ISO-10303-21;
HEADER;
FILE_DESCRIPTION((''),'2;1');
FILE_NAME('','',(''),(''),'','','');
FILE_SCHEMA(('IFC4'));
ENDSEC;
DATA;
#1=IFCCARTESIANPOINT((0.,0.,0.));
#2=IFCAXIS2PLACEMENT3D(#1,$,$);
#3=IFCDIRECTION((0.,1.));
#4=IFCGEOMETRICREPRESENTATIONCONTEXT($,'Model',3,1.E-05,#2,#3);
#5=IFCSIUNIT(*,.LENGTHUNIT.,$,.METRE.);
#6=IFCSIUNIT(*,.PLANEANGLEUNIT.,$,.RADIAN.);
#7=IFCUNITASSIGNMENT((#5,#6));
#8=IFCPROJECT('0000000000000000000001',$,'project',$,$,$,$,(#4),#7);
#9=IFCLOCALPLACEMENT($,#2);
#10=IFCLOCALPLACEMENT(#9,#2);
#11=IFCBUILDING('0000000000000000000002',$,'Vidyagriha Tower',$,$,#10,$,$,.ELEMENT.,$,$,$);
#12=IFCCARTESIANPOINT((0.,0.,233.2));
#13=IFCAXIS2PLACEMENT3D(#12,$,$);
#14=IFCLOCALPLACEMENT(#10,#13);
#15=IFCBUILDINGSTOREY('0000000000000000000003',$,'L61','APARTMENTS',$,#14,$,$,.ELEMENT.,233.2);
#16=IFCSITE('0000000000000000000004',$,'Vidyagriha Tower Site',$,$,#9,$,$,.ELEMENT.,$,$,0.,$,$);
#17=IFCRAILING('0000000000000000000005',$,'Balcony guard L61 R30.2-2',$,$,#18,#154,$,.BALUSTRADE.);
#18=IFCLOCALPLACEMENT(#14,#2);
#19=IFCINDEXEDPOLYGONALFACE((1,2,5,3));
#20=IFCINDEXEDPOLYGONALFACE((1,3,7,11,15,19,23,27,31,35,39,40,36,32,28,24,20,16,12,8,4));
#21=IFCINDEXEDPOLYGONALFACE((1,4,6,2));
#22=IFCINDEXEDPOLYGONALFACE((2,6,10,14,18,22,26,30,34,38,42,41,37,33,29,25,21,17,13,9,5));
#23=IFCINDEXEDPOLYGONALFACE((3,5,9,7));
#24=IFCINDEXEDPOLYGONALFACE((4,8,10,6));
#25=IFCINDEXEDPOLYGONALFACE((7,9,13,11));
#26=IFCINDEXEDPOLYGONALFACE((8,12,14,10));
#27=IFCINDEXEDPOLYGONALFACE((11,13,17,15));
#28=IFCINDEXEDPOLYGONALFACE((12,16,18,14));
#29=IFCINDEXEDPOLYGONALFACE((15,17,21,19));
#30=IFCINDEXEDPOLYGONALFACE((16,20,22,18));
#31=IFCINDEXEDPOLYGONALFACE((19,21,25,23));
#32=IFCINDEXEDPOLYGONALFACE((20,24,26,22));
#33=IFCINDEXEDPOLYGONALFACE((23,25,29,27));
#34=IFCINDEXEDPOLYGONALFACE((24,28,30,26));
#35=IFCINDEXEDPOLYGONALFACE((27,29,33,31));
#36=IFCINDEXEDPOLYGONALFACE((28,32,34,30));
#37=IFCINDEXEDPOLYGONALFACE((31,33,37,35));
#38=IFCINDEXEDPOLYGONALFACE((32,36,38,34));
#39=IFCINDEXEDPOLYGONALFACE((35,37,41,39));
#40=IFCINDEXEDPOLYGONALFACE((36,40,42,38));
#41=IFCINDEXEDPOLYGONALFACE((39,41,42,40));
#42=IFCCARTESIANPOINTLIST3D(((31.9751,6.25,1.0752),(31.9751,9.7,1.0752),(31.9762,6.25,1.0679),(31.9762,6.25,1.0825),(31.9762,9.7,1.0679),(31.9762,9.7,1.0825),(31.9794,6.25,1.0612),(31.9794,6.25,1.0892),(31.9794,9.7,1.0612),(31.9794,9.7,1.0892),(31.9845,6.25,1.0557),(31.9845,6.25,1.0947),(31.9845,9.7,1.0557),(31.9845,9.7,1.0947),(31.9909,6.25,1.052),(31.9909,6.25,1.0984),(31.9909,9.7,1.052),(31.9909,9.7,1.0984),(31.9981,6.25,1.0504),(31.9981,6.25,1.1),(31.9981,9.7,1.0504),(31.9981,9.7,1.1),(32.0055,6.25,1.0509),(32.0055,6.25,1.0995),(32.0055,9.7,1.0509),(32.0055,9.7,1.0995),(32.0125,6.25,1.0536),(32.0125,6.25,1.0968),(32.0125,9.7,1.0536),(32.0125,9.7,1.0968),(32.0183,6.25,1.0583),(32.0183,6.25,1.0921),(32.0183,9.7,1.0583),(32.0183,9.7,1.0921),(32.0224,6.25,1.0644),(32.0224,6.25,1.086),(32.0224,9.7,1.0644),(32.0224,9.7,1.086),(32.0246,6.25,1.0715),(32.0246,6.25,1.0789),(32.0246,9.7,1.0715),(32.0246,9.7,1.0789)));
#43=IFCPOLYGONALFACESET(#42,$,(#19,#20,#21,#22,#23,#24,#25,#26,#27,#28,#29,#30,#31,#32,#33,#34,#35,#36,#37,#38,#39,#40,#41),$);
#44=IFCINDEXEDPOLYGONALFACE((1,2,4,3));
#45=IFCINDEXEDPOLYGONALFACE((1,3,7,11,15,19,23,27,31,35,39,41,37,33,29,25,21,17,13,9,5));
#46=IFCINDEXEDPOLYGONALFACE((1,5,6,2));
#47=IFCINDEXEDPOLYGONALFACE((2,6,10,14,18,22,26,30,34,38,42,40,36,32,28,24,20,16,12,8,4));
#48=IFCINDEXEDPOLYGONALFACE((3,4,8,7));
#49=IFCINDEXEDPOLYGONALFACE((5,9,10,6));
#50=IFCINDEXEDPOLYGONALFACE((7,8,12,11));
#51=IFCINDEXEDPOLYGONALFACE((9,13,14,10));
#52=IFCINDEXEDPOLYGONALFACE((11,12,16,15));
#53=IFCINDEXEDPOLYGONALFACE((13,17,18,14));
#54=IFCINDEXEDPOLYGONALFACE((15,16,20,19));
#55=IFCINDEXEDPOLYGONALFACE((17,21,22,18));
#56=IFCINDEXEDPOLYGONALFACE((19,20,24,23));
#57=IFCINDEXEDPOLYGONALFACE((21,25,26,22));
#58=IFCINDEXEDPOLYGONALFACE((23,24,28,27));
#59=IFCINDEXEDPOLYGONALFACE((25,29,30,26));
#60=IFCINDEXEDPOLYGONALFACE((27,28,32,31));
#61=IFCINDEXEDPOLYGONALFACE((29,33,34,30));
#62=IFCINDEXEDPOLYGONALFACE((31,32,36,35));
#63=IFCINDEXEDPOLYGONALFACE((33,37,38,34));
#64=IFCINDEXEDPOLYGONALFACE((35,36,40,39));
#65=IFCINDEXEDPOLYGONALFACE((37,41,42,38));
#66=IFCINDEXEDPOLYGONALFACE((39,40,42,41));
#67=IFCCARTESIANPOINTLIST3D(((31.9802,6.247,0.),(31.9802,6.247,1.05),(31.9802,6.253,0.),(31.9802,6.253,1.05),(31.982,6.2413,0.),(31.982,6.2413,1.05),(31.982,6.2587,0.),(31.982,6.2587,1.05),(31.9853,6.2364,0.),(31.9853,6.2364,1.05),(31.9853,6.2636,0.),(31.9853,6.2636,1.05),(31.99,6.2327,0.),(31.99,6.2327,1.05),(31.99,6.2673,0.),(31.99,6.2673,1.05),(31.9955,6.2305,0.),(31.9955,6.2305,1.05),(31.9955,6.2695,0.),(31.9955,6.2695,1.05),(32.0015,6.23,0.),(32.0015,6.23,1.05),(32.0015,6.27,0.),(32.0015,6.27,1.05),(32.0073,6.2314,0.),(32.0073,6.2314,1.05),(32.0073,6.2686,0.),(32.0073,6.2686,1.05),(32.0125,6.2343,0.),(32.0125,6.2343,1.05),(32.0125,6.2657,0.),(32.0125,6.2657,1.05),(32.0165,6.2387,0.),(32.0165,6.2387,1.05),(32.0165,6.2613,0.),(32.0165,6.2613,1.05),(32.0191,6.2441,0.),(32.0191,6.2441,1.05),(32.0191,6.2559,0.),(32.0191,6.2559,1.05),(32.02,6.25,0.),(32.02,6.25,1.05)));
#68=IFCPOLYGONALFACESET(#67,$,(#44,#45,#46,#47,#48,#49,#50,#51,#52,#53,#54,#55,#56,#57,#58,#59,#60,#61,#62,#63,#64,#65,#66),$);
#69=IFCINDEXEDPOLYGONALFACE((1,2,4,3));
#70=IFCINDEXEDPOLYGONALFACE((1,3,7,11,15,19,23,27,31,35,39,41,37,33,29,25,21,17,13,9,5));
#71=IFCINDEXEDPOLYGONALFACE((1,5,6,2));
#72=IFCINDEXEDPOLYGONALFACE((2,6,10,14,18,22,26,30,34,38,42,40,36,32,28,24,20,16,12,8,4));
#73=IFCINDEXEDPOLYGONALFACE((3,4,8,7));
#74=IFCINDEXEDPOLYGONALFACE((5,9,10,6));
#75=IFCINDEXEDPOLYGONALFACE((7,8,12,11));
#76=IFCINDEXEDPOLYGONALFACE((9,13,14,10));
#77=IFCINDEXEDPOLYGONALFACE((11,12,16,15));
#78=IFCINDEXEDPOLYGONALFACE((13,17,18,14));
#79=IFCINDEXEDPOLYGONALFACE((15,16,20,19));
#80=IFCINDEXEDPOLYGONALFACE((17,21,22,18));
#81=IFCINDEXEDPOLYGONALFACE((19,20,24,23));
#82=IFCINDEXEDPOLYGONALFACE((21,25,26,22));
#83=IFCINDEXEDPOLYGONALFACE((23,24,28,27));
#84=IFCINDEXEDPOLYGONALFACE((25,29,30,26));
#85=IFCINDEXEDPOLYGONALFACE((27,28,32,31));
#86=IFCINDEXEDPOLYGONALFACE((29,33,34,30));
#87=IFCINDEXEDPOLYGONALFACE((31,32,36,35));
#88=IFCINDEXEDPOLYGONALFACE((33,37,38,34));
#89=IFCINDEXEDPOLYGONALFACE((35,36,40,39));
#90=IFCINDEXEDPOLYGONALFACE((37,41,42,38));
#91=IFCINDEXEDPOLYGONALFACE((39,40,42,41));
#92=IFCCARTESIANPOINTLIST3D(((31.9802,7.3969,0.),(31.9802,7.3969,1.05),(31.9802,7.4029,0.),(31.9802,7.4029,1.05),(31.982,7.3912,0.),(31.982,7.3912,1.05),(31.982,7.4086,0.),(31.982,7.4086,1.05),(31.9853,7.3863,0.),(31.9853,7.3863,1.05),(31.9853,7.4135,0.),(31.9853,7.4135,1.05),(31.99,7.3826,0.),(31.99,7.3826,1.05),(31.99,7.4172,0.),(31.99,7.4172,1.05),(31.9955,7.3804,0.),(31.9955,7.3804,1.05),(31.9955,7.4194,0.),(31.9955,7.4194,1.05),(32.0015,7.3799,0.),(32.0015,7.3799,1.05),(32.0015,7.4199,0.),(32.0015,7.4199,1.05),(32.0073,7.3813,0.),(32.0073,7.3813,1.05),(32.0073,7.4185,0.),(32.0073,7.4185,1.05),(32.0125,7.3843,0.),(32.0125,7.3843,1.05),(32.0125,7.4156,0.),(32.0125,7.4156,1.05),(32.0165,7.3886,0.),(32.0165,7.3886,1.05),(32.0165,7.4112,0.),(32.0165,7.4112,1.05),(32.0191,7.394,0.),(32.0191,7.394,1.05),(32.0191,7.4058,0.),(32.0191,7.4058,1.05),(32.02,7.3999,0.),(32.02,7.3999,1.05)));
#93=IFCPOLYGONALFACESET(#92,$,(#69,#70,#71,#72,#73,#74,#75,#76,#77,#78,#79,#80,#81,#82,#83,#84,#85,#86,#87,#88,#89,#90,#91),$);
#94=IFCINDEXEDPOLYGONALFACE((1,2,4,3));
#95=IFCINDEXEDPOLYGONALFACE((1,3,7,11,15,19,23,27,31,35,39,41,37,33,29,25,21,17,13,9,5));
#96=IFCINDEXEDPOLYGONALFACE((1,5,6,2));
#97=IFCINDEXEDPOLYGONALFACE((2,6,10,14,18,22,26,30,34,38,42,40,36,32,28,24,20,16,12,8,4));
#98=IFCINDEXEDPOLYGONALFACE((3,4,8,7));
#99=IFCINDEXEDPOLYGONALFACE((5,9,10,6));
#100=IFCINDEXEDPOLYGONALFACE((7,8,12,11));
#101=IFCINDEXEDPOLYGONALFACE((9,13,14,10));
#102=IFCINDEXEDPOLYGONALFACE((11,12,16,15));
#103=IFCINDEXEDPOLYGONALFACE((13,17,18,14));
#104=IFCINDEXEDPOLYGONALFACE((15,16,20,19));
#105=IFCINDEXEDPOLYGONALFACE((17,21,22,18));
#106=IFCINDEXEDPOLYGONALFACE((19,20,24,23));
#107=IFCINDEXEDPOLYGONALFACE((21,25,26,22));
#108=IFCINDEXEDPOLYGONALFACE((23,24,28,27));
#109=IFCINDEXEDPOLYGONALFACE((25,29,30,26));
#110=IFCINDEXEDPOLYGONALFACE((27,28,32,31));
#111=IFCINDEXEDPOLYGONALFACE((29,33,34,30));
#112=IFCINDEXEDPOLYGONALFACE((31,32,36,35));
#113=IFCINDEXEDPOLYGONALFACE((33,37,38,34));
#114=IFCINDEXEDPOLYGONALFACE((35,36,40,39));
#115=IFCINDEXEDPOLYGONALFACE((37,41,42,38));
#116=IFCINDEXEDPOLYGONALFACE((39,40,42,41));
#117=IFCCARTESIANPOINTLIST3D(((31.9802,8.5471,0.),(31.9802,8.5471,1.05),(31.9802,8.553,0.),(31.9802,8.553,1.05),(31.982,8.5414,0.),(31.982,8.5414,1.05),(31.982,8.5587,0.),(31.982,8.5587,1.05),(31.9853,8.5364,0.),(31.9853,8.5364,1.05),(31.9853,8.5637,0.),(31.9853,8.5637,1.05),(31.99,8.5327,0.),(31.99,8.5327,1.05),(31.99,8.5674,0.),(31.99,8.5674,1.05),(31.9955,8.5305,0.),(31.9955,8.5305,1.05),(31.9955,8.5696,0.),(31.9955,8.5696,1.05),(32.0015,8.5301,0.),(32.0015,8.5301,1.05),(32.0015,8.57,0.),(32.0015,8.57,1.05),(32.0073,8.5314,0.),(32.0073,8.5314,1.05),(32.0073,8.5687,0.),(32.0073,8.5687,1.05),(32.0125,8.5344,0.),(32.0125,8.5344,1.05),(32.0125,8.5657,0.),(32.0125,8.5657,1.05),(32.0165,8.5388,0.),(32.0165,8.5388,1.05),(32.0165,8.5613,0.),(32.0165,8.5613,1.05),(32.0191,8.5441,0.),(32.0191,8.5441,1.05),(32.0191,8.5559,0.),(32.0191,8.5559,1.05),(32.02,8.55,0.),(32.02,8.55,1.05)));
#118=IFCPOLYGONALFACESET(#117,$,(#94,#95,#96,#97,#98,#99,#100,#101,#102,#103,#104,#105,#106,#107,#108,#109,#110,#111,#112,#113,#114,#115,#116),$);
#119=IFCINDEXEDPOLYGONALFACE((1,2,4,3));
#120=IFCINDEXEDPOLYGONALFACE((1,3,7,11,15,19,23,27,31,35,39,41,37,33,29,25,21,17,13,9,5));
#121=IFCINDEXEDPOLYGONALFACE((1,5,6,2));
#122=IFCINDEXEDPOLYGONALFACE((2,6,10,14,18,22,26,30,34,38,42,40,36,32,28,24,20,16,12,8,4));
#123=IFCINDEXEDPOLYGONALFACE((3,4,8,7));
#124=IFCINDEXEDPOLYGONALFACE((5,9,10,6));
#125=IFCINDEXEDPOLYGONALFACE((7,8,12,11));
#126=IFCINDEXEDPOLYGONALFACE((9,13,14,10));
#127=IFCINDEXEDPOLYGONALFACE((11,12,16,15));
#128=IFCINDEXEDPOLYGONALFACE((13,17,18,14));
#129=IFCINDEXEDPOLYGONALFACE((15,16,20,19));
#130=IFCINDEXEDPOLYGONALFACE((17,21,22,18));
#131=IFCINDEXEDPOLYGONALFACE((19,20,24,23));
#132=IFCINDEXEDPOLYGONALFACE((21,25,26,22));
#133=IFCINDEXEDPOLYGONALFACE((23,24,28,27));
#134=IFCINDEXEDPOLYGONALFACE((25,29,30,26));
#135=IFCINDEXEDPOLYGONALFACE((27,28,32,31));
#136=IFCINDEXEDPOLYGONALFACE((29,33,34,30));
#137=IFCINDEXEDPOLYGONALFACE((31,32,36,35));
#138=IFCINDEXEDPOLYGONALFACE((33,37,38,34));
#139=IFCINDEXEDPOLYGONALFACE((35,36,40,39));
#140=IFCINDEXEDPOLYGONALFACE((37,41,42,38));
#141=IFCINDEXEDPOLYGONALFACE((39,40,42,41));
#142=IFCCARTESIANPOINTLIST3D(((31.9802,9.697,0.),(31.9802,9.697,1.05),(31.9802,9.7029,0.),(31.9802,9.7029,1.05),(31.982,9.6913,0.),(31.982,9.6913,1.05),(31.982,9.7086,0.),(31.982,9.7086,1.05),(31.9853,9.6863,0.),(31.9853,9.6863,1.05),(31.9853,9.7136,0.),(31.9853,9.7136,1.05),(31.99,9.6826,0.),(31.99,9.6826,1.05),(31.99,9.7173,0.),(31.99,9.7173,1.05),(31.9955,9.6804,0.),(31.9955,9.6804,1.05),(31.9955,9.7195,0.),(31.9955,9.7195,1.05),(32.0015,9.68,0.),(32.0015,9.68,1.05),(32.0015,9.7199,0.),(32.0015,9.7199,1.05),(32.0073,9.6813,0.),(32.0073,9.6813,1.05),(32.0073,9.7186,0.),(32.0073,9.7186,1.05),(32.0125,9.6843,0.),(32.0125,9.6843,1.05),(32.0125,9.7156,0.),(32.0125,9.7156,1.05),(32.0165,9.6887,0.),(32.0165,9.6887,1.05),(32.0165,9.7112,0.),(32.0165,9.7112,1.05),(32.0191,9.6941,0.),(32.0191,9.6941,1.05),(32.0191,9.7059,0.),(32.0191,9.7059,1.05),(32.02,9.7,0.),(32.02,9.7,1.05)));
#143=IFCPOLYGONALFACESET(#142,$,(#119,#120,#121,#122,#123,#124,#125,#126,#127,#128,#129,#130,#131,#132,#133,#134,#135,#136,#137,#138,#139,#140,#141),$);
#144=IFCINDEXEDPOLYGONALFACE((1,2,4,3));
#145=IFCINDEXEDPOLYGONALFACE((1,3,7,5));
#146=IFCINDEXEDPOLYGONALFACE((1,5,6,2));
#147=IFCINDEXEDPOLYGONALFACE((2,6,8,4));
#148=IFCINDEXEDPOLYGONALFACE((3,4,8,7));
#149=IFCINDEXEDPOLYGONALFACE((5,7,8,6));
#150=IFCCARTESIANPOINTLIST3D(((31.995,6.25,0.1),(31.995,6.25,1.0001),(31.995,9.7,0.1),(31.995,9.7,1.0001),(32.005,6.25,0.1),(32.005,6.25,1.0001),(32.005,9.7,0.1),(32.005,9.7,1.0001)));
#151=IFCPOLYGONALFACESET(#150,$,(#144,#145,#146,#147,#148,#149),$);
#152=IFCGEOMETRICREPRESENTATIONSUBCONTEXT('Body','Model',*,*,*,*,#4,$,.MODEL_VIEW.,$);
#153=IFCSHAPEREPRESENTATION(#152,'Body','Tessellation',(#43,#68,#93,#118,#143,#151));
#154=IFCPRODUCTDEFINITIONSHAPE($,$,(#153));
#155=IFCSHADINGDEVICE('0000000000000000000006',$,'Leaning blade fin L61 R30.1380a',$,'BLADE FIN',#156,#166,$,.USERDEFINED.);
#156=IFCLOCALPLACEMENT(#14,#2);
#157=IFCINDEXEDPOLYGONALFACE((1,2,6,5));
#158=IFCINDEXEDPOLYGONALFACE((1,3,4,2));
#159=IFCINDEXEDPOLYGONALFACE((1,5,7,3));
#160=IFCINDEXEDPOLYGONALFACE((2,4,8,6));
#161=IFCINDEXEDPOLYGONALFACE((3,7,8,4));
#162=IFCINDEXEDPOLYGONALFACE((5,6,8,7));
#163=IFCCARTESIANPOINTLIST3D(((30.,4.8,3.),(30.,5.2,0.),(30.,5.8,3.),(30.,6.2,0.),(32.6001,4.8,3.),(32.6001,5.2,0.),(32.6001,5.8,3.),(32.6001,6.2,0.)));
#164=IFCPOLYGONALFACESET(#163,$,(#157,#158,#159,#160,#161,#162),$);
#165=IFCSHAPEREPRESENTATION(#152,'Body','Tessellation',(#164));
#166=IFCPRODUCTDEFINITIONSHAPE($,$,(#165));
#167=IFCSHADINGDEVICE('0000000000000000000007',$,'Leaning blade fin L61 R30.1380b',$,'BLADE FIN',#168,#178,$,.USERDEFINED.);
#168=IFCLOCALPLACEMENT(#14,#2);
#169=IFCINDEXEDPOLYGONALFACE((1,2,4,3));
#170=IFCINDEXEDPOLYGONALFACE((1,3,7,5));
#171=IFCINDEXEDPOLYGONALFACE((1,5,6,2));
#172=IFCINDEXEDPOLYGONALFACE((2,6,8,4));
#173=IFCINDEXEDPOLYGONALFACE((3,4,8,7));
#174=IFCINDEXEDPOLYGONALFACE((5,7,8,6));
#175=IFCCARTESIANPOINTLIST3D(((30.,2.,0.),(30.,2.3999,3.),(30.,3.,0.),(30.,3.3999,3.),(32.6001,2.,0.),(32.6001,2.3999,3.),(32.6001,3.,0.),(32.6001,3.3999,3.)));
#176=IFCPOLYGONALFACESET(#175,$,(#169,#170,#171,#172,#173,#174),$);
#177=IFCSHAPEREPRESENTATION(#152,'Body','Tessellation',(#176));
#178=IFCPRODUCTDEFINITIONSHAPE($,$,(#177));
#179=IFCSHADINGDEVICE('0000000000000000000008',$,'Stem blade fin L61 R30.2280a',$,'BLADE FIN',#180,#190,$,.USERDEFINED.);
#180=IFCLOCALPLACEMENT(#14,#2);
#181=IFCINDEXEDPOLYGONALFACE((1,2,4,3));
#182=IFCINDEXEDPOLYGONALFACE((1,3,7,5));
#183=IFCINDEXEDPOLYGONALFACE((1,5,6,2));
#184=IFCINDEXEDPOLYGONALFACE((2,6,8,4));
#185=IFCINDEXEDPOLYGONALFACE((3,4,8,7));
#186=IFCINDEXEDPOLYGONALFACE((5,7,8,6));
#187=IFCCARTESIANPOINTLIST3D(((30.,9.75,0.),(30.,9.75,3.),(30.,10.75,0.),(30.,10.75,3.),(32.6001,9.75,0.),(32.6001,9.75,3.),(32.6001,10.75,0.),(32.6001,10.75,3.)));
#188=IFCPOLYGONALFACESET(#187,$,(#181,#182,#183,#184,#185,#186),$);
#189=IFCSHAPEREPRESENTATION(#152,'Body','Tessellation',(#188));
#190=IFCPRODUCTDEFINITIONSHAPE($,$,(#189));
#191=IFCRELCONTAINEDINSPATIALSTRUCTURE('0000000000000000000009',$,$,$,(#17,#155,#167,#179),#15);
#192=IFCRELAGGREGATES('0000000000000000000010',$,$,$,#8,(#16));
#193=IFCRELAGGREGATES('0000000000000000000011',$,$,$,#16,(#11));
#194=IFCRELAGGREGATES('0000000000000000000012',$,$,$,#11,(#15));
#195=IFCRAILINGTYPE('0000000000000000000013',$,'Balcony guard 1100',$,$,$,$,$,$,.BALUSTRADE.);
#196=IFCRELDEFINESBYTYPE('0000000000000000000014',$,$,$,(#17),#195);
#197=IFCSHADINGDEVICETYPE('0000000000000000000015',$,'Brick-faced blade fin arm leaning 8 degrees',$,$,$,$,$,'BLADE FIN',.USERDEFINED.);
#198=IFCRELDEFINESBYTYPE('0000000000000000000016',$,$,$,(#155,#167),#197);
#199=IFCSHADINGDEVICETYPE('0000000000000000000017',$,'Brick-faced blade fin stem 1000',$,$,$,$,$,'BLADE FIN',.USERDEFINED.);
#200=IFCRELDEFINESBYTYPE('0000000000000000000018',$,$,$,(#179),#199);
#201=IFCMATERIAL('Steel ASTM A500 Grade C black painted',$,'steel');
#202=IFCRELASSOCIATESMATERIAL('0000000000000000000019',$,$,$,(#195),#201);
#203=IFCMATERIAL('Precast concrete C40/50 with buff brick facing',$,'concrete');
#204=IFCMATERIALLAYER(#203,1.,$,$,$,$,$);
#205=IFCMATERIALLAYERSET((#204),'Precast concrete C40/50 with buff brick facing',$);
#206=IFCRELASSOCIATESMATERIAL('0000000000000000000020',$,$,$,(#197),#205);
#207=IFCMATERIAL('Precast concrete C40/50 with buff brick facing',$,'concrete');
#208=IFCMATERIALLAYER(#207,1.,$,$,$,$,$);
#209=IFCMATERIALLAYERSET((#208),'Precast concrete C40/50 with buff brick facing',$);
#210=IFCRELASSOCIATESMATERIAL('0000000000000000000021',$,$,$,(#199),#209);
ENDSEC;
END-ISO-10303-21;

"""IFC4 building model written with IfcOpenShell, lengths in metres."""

from ifc_helpers import new_model, si_unit, direction, frame, origin, origin_2d, place, context, subcontext, project, spatial, polyline, rectangle, circle, outline, extrude, material, layer, layer_set, type_object, element, save


model = new_model("IFC4")

# Units and contexts
model_context = context("Model", 3, precision=1e-05, world=origin(), true_north=direction((0.0, 1.0)))
body_context = subcontext(model_context, "Body", "Model", "MODEL_VIEW")
ifc_project = project(units=[si_unit("LENGTHUNIT", "METRE"), si_unit("PLANEANGLEUNIT", "RADIAN")], contexts=[model_context])

# Site, building, storey
site_placement = place(None, origin())
site = spatial("IfcSite", under=ifc_project, at=site_placement, Name="Vidyagriha Tower Site", CompositionType="ELEMENT", RefElevation=0.0)
building_placement = place(site_placement, origin())
building = spatial("IfcBuilding", under=site, at=building_placement, Name="Vidyagriha Tower", CompositionType="ELEMENT")
storey_placement = place(building_placement, frame((0.0, 0.0, 233.2)))
storey = spatial("IfcBuildingStorey", under=building, at=storey_placement, Name="L61", Description="APARTMENTS", CompositionType="ELEMENT", Elevation=233.2)

# Railing
ifc_material_1 = material(Name="Steel ASTM A500 Grade C black painted", Category="steel")
railing_type_1 = type_object("IfcRailingType", Name="Balcony guard 1100", PredefinedType="BALUSTRADE", material=ifc_material_1)
railing_1_placement = place(storey_placement, frame((32.0, 6.25, 0.0)))
element("IfcRailing", 1, at=railing_1_placement, inside=storey, type_object=railing_type_1, Name="Balcony guard L61 R30.2-2", PredefinedType="BALUSTRADE", context=body_context, shape_type="SweptSolid", body=[
    extrude(circle(Radius=0.0249, at=origin_2d()), frame((0.0, 0.0, 1.0752), z_axis=(0.0, 1.0, 0.0), x_axis=(-1.0, 0.0, 0.0)), (0.0, 0.0, 1.0), 3.45),
    extrude(circle(Radius=0.02, at=origin_2d()), origin(), (0.0, 0.0, 1.0), 1.05),
    extrude(circle(Radius=0.02, at=origin_2d()), frame((0.0, 1.1499, 0.0)), (0.0, 0.0, 1.0), 1.05),
    extrude(circle(Radius=0.02, at=origin_2d()), frame((0.0, 2.3, 0.0)), (0.0, 0.0, 1.0), 1.05),
    extrude(circle(Radius=0.02, at=origin_2d()), frame((0.0, 3.45, 0.0)), (0.0, 0.0, 1.0), 1.05),
    extrude(rectangle(XDim=0.01, YDim=0.9001, at=origin_2d()), frame((0.0, 0.0, 0.55), z_axis=(0.0, 1.0, 0.0), x_axis=(-1.0, 0.0, 0.0)), (0.0, 0.0, 1.0), 3.45),
])

# Shading devices
ifc_material_2 = material(Name="Precast concrete C40/50 with buff brick facing", Category="concrete")
ifc_layer_1 = layer(ifc_material_2, 1.0)
ifc_layer_set_1 = layer_set([ifc_layer_1], Name="Precast concrete C40/50 with buff brick facing")
shading_device_type_1 = type_object("IfcShadingDeviceType", Name="Brick-faced blade fin arm leaning 8 degrees", ElementType="BLADE FIN", PredefinedType="USERDEFINED", material=ifc_layer_set_1)
shading_device_1_placement = place(storey_placement, frame((31.3, 4.8, 0.0), z_axis=(0.0, 0.0, 1.0), x_axis=(0.0, 1.0, 0.0)))
element("IfcShadingDevice", 2, at=shading_device_1_placement, inside=storey, type_object=shading_device_type_1, Name="Leaning blade fin L61 R30.1380a", ObjectType="BLADE FIN", PredefinedType="USERDEFINED", context=body_context, shape_type="SweptSolid", body=[
    extrude(outline(polyline([(0.3999, 0.0), (1.3999, 0.0), (1.0, 3.0), (0.0, 3.0), (0.3999, 0.0)])), frame((0.0, 1.3, 0.0), z_axis=(0.0, -1.0, 0.0), x_axis=(1.0, 0.0, 0.0)), (0.0, 0.0, 1.0), 2.6001),
])
shading_device_2_placement = place(storey_placement, frame((31.3, 2.0, 0.0), z_axis=(0.0, 0.0, 1.0), x_axis=(0.0, 1.0, 0.0)))
element("IfcShadingDevice", 3, at=shading_device_2_placement, inside=storey, type_object=shading_device_type_1, Name="Leaning blade fin L61 R30.1380b", ObjectType="BLADE FIN", PredefinedType="USERDEFINED", context=body_context, shape_type="SweptSolid", body=[
    extrude(outline(polyline([(0.0, 0.0), (1.0, 0.0), (1.3999, 3.0), (0.3999, 3.0), (0.0, 0.0)])), frame((0.0, 1.3, 0.0), z_axis=(0.0, -1.0, 0.0), x_axis=(1.0, 0.0, 0.0)), (0.0, 0.0, 1.0), 2.6001),
])
ifc_material_3 = material(Name="Precast concrete C40/50 with buff brick facing", Category="concrete")
ifc_layer_2 = layer(ifc_material_3, 1.0)
ifc_layer_set_2 = layer_set([ifc_layer_2], Name="Precast concrete C40/50 with buff brick facing")
shading_device_type_2 = type_object("IfcShadingDeviceType", Name="Brick-faced blade fin stem 1000", ElementType="BLADE FIN", PredefinedType="USERDEFINED", material=ifc_layer_set_2)
shading_device_3_placement = place(storey_placement, frame((31.3, 9.75, 0.0), z_axis=(0.0, 0.0, 1.0), x_axis=(0.0, 1.0, 0.0)))
element("IfcShadingDevice", 4, at=shading_device_3_placement, inside=storey, type_object=shading_device_type_2, Name="Stem blade fin L61 R30.2280a", ObjectType="BLADE FIN", PredefinedType="USERDEFINED", context=body_context, shape_type="SweptSolid", body=[
    extrude(outline(polyline([(0.0, 0.0), (1.0, 0.0), (1.0, 3.0), (0.0, 3.0), (0.0, 0.0)])), frame((0.0, 1.3, 0.0), z_axis=(0.0, -1.0, 0.0), x_axis=(1.0, 0.0, 0.0)), (0.0, 0.0, 1.0), 2.6001),
])

save(model, "model.ifc")
